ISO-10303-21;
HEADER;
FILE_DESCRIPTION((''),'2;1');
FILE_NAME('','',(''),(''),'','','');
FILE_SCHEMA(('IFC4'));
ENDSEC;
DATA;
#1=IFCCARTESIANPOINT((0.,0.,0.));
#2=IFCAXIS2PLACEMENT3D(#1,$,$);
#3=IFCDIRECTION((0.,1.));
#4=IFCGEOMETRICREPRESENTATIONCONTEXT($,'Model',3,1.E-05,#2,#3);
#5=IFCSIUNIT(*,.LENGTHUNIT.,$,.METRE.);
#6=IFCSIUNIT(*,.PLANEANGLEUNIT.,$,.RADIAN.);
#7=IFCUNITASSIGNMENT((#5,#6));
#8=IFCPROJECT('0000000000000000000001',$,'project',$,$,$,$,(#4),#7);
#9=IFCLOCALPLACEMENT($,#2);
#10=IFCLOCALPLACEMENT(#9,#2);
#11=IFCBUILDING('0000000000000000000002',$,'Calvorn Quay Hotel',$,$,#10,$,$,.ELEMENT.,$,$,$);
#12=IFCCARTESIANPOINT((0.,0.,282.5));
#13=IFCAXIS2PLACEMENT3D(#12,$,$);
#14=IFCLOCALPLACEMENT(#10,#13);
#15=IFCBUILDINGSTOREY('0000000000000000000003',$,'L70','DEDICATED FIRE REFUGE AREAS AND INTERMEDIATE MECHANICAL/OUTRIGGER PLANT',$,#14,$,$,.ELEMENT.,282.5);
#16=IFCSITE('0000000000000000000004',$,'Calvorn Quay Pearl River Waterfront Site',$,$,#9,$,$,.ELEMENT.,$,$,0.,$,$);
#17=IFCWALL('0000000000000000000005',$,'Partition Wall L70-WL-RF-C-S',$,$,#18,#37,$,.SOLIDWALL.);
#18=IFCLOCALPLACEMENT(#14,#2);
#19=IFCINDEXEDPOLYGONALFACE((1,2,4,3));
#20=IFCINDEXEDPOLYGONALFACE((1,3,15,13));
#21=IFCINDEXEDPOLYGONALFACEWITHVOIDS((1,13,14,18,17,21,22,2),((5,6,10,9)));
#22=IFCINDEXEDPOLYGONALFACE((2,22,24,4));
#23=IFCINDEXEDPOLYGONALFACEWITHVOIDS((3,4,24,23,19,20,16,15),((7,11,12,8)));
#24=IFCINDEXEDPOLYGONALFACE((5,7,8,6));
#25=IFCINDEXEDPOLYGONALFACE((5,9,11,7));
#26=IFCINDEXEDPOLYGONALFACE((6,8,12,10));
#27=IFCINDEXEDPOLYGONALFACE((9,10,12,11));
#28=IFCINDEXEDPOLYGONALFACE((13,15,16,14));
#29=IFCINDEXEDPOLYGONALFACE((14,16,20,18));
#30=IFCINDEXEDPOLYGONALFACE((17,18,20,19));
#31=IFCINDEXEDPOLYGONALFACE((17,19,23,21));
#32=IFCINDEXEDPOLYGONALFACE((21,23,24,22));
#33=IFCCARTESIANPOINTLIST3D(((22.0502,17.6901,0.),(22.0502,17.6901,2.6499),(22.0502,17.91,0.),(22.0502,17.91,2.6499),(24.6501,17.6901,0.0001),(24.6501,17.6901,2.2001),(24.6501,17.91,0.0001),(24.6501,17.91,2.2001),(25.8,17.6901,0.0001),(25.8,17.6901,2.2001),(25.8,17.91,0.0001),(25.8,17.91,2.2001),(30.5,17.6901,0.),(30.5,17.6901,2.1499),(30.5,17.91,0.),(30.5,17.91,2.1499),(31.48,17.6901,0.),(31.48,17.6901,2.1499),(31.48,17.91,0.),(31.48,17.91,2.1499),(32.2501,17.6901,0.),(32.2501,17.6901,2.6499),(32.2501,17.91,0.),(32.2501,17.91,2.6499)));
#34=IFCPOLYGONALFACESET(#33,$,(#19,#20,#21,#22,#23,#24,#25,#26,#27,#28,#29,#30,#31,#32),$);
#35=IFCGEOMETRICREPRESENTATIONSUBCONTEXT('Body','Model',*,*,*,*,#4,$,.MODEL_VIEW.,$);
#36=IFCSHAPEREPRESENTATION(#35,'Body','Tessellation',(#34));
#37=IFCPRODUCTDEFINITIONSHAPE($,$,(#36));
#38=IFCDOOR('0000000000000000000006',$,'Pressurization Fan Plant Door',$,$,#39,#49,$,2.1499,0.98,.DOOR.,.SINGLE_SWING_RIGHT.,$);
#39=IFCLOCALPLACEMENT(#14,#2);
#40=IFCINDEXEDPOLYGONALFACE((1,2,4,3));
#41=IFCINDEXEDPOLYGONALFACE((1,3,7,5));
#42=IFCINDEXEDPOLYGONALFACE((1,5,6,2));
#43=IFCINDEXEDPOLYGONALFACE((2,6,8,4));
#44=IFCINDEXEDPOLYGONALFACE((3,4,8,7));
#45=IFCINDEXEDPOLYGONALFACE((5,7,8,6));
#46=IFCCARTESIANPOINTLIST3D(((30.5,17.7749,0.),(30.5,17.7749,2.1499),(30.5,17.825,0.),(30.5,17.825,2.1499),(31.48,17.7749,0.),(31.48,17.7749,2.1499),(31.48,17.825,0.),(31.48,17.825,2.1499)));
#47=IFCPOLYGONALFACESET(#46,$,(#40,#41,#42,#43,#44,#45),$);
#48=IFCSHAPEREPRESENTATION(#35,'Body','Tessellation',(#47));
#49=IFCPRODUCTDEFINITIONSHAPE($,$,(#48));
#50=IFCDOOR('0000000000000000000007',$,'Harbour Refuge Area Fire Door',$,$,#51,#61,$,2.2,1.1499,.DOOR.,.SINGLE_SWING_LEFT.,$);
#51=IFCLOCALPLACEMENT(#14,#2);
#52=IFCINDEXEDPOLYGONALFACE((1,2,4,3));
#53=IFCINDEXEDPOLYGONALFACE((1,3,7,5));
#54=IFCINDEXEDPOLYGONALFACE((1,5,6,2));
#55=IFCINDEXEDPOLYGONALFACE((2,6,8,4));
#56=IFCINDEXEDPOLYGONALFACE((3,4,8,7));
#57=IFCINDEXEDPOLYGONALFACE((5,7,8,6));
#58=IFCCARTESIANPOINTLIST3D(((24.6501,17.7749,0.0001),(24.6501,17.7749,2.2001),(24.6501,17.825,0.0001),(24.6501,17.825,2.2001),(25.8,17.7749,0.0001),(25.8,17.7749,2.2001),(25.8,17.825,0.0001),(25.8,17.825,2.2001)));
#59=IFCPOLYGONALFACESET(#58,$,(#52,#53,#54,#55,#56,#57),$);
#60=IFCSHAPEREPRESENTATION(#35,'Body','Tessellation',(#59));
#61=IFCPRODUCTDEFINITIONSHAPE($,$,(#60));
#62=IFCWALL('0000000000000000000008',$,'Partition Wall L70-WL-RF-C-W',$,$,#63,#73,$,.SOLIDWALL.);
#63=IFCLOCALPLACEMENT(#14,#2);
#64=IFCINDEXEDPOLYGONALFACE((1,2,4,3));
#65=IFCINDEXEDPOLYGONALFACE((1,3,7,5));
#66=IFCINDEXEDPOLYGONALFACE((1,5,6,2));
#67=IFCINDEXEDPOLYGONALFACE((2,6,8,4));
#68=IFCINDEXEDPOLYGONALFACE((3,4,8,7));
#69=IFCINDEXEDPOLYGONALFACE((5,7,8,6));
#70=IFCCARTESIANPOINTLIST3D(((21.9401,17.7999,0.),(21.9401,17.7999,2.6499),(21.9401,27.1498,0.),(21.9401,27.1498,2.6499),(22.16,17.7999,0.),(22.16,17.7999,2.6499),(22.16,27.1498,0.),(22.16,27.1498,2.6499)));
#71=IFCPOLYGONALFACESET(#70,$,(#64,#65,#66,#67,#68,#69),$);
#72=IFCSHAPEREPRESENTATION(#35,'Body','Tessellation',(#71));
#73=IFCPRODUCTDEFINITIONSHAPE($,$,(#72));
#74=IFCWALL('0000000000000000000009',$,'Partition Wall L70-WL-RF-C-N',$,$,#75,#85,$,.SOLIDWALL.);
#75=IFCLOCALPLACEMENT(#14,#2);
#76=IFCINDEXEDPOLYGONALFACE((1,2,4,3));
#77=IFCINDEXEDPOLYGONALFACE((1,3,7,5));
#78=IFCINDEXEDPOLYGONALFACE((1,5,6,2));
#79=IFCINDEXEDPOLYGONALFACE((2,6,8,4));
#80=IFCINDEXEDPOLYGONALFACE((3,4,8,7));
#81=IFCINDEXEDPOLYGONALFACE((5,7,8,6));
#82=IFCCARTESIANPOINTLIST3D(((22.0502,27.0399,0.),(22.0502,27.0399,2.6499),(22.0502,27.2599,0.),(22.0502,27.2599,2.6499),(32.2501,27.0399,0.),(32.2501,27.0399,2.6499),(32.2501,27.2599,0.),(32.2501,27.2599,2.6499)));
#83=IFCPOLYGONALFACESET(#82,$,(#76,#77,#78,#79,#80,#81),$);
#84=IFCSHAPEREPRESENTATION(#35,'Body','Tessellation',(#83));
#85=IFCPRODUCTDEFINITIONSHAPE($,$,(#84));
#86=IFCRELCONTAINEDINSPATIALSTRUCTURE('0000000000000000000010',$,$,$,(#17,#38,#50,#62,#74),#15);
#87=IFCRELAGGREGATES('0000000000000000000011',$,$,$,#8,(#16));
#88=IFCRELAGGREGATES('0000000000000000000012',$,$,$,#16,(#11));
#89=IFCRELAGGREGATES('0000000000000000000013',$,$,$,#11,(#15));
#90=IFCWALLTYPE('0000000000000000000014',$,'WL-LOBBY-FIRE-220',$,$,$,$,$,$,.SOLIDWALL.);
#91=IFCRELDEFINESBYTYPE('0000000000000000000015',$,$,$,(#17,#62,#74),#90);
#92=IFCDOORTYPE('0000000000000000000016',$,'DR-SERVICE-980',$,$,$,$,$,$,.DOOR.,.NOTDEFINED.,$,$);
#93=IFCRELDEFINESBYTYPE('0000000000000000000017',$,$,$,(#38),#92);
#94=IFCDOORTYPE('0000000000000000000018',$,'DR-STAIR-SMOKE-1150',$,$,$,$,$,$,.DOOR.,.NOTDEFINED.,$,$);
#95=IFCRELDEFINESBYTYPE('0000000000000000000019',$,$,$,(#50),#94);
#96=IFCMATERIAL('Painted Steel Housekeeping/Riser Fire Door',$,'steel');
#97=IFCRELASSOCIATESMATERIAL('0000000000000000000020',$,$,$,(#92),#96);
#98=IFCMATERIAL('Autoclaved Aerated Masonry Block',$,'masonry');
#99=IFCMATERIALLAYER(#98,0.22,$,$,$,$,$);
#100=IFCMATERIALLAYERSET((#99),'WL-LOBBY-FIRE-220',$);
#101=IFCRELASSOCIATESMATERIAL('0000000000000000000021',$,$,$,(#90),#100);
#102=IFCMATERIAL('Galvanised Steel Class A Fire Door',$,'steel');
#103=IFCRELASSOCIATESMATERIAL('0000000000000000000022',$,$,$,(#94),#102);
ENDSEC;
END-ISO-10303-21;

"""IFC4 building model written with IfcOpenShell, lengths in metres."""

from ifc_helpers import new_model, si_unit, direction, frame, frame_2d, origin, place, context, subcontext, project, spatial, rectangle, extrude, material, layer, layer_set, type_object, element, fill, save


model = new_model("IFC4")

# Units and contexts
model_context = context("Model", 3, precision=1e-05, world=origin(), true_north=direction((0.0, 1.0)))
body_context = subcontext(model_context, "Body", "Model", "MODEL_VIEW")
ifc_project = project(units=[si_unit("LENGTHUNIT", "METRE"), si_unit("PLANEANGLEUNIT", "RADIAN")], contexts=[model_context])

# Site, building, storey
site_placement = place(None, origin())
site = spatial("IfcSite", under=ifc_project, at=site_placement, Name="Calvorn Quay Pearl River Waterfront Site", CompositionType="ELEMENT", RefElevation=0.0)
building_placement = place(site_placement, origin())
building = spatial("IfcBuilding", under=site, at=building_placement, Name="Calvorn Quay Hotel", CompositionType="ELEMENT")
storey_placement = place(building_placement, frame((0.0, 0.0, 282.5)))
storey = spatial("IfcBuildingStorey", under=building, at=storey_placement, Name="L70", Description="DEDICATED FIRE REFUGE AREAS AND INTERMEDIATE MECHANICAL/OUTRIGGER PLANT", CompositionType="ELEMENT", Elevation=282.5)

# Shared definitions
ifc_material_1 = material(Name="Painted Steel Housekeeping/Riser Fire Door", Category="steel")
door_type_1 = type_object("IfcDoorType", Name="DR-SERVICE-980", OperationType="NOTDEFINED", PredefinedType="DOOR", material=ifc_material_1)
ifc_material_2 = material(Name="Autoclaved Aerated Masonry Block", Category="masonry")
ifc_layer_1 = layer(ifc_material_2, 0.22)
ifc_layer_set_1 = layer_set([ifc_layer_1], Name="WL-LOBBY-FIRE-220")
wall_type_1 = type_object("IfcWallType", Name="WL-LOBBY-FIRE-220", PredefinedType="SOLIDWALL", material=ifc_layer_set_1)

# Wall, openings, doors
wall_1_placement = place(storey_placement, frame((22.05, 17.8, 0.0), z_axis=(0.0, 0.0, 1.0), x_axis=(1.0, 0.0, 0.0)))
wall_1 = element("IfcWall", 1, at=wall_1_placement, inside=storey, type_object=wall_type_1, Name="Partition Wall L70-WL-RF-C-S", PredefinedType="SOLIDWALL", context=body_context, shape_type="SweptSolid", body=[
    extrude(rectangle(XDim=10.2, YDim=0.22, at=frame_2d((5.1001, 0.0))), origin(), (0.0, 0.0, 1.0), 2.6499),
])
opening_1_placement = place(wall_1_placement, frame((2.6001, 0.0, 0.0)))
opening_1 = element("IfcOpeningElement", 2, at=opening_1_placement, cuts=wall_1, PredefinedType="OPENING", context=body_context, shape_type="SweptSolid", body=[
    extrude(rectangle(XDim=1.1499, YDim=2.2, at=frame_2d((0.575, 1.1001))), frame((0.0, 0.1199, 0.0), z_axis=(0.0, -1.0, 0.0), x_axis=(1.0, 0.0, 0.0)), (0.0, 0.0, 1.0), 0.24),
])
opening_2_placement = place(wall_1_placement, frame((8.45, 0.0, 0.0)))
opening_2 = element("IfcOpeningElement", 3, at=opening_2_placement, cuts=wall_1, PredefinedType="OPENING", context=body_context, shape_type="SweptSolid", body=[
    extrude(rectangle(XDim=0.98, YDim=2.1499, at=frame_2d((0.49, 1.075))), frame((0.0, 0.1199, 0.0), z_axis=(0.0, -1.0, 0.0), x_axis=(1.0, 0.0, 0.0)), (0.0, 0.0, 1.0), 0.24),
])
door_1_placement = place(opening_2_placement, origin())
door_1 = element("IfcDoor", 4, at=door_1_placement, inside=storey, type_object=door_type_1, Name="Pressurization Fan Plant Door", OperationType="SINGLE_SWING_RIGHT", OverallHeight=2.1499, OverallWidth=0.98, PredefinedType="DOOR", context=body_context, shape_type="SweptSolid", body=[
    extrude(rectangle(XDim=0.98, YDim=2.1499, at=frame_2d((0.49, 1.075))), frame((0.0, 0.0249, 0.0), z_axis=(0.0, -1.0, 0.0), x_axis=(1.0, 0.0, 0.0)), (0.0, 0.0, 1.0), 0.05),
])
fill(opening_2, door_1)
ifc_material_3 = material(Name="Galvanised Steel Class A Fire Door", Category="steel")
door_type_2 = type_object("IfcDoorType", Name="DR-STAIR-SMOKE-1150", OperationType="NOTDEFINED", PredefinedType="DOOR", material=ifc_material_3)
door_2_placement = place(opening_1_placement, origin())
door_2 = element("IfcDoor", 5, at=door_2_placement, inside=storey, type_object=door_type_2, Name="Harbour Refuge Area Fire Door", OperationType="SINGLE_SWING_LEFT", OverallHeight=2.2, OverallWidth=1.1499, PredefinedType="DOOR", context=body_context, shape_type="SweptSolid", body=[
    extrude(rectangle(XDim=1.1499, YDim=2.2, at=frame_2d((0.575, 1.1001))), frame((0.0, 0.0249, 0.0), z_axis=(0.0, -1.0, 0.0), x_axis=(1.0, 0.0, 0.0)), (0.0, 0.0, 1.0), 0.05),
])
fill(opening_1, door_2)

# Walls
wall_2_placement = place(storey_placement, frame((22.05, 17.8, 0.0), z_axis=(0.0, 0.0, 1.0), x_axis=(0.0, 1.0, 0.0)))
element("IfcWall", 6, at=wall_2_placement, inside=storey, type_object=wall_type_1, Name="Partition Wall L70-WL-RF-C-W", PredefinedType="SOLIDWALL", context=body_context, shape_type="SweptSolid", body=[
    extrude(rectangle(XDim=9.3499, YDim=0.22, at=frame_2d((4.6748, 0.0))), origin(), (0.0, 0.0, 1.0), 2.6499),
])
wall_3_placement = place(storey_placement, frame((22.05, 27.1499, 0.0), z_axis=(0.0, 0.0, 1.0), x_axis=(1.0, 0.0, 0.0)))
element("IfcWall", 7, at=wall_3_placement, inside=storey, type_object=wall_type_1, Name="Partition Wall L70-WL-RF-C-N", PredefinedType="SOLIDWALL", context=body_context, shape_type="SweptSolid", body=[
    extrude(rectangle(XDim=10.2, YDim=0.22, at=frame_2d((5.1001, 0.0))), origin(), (0.0, 0.0, 1.0), 2.6499),
])

save(model, "model.ifc")
